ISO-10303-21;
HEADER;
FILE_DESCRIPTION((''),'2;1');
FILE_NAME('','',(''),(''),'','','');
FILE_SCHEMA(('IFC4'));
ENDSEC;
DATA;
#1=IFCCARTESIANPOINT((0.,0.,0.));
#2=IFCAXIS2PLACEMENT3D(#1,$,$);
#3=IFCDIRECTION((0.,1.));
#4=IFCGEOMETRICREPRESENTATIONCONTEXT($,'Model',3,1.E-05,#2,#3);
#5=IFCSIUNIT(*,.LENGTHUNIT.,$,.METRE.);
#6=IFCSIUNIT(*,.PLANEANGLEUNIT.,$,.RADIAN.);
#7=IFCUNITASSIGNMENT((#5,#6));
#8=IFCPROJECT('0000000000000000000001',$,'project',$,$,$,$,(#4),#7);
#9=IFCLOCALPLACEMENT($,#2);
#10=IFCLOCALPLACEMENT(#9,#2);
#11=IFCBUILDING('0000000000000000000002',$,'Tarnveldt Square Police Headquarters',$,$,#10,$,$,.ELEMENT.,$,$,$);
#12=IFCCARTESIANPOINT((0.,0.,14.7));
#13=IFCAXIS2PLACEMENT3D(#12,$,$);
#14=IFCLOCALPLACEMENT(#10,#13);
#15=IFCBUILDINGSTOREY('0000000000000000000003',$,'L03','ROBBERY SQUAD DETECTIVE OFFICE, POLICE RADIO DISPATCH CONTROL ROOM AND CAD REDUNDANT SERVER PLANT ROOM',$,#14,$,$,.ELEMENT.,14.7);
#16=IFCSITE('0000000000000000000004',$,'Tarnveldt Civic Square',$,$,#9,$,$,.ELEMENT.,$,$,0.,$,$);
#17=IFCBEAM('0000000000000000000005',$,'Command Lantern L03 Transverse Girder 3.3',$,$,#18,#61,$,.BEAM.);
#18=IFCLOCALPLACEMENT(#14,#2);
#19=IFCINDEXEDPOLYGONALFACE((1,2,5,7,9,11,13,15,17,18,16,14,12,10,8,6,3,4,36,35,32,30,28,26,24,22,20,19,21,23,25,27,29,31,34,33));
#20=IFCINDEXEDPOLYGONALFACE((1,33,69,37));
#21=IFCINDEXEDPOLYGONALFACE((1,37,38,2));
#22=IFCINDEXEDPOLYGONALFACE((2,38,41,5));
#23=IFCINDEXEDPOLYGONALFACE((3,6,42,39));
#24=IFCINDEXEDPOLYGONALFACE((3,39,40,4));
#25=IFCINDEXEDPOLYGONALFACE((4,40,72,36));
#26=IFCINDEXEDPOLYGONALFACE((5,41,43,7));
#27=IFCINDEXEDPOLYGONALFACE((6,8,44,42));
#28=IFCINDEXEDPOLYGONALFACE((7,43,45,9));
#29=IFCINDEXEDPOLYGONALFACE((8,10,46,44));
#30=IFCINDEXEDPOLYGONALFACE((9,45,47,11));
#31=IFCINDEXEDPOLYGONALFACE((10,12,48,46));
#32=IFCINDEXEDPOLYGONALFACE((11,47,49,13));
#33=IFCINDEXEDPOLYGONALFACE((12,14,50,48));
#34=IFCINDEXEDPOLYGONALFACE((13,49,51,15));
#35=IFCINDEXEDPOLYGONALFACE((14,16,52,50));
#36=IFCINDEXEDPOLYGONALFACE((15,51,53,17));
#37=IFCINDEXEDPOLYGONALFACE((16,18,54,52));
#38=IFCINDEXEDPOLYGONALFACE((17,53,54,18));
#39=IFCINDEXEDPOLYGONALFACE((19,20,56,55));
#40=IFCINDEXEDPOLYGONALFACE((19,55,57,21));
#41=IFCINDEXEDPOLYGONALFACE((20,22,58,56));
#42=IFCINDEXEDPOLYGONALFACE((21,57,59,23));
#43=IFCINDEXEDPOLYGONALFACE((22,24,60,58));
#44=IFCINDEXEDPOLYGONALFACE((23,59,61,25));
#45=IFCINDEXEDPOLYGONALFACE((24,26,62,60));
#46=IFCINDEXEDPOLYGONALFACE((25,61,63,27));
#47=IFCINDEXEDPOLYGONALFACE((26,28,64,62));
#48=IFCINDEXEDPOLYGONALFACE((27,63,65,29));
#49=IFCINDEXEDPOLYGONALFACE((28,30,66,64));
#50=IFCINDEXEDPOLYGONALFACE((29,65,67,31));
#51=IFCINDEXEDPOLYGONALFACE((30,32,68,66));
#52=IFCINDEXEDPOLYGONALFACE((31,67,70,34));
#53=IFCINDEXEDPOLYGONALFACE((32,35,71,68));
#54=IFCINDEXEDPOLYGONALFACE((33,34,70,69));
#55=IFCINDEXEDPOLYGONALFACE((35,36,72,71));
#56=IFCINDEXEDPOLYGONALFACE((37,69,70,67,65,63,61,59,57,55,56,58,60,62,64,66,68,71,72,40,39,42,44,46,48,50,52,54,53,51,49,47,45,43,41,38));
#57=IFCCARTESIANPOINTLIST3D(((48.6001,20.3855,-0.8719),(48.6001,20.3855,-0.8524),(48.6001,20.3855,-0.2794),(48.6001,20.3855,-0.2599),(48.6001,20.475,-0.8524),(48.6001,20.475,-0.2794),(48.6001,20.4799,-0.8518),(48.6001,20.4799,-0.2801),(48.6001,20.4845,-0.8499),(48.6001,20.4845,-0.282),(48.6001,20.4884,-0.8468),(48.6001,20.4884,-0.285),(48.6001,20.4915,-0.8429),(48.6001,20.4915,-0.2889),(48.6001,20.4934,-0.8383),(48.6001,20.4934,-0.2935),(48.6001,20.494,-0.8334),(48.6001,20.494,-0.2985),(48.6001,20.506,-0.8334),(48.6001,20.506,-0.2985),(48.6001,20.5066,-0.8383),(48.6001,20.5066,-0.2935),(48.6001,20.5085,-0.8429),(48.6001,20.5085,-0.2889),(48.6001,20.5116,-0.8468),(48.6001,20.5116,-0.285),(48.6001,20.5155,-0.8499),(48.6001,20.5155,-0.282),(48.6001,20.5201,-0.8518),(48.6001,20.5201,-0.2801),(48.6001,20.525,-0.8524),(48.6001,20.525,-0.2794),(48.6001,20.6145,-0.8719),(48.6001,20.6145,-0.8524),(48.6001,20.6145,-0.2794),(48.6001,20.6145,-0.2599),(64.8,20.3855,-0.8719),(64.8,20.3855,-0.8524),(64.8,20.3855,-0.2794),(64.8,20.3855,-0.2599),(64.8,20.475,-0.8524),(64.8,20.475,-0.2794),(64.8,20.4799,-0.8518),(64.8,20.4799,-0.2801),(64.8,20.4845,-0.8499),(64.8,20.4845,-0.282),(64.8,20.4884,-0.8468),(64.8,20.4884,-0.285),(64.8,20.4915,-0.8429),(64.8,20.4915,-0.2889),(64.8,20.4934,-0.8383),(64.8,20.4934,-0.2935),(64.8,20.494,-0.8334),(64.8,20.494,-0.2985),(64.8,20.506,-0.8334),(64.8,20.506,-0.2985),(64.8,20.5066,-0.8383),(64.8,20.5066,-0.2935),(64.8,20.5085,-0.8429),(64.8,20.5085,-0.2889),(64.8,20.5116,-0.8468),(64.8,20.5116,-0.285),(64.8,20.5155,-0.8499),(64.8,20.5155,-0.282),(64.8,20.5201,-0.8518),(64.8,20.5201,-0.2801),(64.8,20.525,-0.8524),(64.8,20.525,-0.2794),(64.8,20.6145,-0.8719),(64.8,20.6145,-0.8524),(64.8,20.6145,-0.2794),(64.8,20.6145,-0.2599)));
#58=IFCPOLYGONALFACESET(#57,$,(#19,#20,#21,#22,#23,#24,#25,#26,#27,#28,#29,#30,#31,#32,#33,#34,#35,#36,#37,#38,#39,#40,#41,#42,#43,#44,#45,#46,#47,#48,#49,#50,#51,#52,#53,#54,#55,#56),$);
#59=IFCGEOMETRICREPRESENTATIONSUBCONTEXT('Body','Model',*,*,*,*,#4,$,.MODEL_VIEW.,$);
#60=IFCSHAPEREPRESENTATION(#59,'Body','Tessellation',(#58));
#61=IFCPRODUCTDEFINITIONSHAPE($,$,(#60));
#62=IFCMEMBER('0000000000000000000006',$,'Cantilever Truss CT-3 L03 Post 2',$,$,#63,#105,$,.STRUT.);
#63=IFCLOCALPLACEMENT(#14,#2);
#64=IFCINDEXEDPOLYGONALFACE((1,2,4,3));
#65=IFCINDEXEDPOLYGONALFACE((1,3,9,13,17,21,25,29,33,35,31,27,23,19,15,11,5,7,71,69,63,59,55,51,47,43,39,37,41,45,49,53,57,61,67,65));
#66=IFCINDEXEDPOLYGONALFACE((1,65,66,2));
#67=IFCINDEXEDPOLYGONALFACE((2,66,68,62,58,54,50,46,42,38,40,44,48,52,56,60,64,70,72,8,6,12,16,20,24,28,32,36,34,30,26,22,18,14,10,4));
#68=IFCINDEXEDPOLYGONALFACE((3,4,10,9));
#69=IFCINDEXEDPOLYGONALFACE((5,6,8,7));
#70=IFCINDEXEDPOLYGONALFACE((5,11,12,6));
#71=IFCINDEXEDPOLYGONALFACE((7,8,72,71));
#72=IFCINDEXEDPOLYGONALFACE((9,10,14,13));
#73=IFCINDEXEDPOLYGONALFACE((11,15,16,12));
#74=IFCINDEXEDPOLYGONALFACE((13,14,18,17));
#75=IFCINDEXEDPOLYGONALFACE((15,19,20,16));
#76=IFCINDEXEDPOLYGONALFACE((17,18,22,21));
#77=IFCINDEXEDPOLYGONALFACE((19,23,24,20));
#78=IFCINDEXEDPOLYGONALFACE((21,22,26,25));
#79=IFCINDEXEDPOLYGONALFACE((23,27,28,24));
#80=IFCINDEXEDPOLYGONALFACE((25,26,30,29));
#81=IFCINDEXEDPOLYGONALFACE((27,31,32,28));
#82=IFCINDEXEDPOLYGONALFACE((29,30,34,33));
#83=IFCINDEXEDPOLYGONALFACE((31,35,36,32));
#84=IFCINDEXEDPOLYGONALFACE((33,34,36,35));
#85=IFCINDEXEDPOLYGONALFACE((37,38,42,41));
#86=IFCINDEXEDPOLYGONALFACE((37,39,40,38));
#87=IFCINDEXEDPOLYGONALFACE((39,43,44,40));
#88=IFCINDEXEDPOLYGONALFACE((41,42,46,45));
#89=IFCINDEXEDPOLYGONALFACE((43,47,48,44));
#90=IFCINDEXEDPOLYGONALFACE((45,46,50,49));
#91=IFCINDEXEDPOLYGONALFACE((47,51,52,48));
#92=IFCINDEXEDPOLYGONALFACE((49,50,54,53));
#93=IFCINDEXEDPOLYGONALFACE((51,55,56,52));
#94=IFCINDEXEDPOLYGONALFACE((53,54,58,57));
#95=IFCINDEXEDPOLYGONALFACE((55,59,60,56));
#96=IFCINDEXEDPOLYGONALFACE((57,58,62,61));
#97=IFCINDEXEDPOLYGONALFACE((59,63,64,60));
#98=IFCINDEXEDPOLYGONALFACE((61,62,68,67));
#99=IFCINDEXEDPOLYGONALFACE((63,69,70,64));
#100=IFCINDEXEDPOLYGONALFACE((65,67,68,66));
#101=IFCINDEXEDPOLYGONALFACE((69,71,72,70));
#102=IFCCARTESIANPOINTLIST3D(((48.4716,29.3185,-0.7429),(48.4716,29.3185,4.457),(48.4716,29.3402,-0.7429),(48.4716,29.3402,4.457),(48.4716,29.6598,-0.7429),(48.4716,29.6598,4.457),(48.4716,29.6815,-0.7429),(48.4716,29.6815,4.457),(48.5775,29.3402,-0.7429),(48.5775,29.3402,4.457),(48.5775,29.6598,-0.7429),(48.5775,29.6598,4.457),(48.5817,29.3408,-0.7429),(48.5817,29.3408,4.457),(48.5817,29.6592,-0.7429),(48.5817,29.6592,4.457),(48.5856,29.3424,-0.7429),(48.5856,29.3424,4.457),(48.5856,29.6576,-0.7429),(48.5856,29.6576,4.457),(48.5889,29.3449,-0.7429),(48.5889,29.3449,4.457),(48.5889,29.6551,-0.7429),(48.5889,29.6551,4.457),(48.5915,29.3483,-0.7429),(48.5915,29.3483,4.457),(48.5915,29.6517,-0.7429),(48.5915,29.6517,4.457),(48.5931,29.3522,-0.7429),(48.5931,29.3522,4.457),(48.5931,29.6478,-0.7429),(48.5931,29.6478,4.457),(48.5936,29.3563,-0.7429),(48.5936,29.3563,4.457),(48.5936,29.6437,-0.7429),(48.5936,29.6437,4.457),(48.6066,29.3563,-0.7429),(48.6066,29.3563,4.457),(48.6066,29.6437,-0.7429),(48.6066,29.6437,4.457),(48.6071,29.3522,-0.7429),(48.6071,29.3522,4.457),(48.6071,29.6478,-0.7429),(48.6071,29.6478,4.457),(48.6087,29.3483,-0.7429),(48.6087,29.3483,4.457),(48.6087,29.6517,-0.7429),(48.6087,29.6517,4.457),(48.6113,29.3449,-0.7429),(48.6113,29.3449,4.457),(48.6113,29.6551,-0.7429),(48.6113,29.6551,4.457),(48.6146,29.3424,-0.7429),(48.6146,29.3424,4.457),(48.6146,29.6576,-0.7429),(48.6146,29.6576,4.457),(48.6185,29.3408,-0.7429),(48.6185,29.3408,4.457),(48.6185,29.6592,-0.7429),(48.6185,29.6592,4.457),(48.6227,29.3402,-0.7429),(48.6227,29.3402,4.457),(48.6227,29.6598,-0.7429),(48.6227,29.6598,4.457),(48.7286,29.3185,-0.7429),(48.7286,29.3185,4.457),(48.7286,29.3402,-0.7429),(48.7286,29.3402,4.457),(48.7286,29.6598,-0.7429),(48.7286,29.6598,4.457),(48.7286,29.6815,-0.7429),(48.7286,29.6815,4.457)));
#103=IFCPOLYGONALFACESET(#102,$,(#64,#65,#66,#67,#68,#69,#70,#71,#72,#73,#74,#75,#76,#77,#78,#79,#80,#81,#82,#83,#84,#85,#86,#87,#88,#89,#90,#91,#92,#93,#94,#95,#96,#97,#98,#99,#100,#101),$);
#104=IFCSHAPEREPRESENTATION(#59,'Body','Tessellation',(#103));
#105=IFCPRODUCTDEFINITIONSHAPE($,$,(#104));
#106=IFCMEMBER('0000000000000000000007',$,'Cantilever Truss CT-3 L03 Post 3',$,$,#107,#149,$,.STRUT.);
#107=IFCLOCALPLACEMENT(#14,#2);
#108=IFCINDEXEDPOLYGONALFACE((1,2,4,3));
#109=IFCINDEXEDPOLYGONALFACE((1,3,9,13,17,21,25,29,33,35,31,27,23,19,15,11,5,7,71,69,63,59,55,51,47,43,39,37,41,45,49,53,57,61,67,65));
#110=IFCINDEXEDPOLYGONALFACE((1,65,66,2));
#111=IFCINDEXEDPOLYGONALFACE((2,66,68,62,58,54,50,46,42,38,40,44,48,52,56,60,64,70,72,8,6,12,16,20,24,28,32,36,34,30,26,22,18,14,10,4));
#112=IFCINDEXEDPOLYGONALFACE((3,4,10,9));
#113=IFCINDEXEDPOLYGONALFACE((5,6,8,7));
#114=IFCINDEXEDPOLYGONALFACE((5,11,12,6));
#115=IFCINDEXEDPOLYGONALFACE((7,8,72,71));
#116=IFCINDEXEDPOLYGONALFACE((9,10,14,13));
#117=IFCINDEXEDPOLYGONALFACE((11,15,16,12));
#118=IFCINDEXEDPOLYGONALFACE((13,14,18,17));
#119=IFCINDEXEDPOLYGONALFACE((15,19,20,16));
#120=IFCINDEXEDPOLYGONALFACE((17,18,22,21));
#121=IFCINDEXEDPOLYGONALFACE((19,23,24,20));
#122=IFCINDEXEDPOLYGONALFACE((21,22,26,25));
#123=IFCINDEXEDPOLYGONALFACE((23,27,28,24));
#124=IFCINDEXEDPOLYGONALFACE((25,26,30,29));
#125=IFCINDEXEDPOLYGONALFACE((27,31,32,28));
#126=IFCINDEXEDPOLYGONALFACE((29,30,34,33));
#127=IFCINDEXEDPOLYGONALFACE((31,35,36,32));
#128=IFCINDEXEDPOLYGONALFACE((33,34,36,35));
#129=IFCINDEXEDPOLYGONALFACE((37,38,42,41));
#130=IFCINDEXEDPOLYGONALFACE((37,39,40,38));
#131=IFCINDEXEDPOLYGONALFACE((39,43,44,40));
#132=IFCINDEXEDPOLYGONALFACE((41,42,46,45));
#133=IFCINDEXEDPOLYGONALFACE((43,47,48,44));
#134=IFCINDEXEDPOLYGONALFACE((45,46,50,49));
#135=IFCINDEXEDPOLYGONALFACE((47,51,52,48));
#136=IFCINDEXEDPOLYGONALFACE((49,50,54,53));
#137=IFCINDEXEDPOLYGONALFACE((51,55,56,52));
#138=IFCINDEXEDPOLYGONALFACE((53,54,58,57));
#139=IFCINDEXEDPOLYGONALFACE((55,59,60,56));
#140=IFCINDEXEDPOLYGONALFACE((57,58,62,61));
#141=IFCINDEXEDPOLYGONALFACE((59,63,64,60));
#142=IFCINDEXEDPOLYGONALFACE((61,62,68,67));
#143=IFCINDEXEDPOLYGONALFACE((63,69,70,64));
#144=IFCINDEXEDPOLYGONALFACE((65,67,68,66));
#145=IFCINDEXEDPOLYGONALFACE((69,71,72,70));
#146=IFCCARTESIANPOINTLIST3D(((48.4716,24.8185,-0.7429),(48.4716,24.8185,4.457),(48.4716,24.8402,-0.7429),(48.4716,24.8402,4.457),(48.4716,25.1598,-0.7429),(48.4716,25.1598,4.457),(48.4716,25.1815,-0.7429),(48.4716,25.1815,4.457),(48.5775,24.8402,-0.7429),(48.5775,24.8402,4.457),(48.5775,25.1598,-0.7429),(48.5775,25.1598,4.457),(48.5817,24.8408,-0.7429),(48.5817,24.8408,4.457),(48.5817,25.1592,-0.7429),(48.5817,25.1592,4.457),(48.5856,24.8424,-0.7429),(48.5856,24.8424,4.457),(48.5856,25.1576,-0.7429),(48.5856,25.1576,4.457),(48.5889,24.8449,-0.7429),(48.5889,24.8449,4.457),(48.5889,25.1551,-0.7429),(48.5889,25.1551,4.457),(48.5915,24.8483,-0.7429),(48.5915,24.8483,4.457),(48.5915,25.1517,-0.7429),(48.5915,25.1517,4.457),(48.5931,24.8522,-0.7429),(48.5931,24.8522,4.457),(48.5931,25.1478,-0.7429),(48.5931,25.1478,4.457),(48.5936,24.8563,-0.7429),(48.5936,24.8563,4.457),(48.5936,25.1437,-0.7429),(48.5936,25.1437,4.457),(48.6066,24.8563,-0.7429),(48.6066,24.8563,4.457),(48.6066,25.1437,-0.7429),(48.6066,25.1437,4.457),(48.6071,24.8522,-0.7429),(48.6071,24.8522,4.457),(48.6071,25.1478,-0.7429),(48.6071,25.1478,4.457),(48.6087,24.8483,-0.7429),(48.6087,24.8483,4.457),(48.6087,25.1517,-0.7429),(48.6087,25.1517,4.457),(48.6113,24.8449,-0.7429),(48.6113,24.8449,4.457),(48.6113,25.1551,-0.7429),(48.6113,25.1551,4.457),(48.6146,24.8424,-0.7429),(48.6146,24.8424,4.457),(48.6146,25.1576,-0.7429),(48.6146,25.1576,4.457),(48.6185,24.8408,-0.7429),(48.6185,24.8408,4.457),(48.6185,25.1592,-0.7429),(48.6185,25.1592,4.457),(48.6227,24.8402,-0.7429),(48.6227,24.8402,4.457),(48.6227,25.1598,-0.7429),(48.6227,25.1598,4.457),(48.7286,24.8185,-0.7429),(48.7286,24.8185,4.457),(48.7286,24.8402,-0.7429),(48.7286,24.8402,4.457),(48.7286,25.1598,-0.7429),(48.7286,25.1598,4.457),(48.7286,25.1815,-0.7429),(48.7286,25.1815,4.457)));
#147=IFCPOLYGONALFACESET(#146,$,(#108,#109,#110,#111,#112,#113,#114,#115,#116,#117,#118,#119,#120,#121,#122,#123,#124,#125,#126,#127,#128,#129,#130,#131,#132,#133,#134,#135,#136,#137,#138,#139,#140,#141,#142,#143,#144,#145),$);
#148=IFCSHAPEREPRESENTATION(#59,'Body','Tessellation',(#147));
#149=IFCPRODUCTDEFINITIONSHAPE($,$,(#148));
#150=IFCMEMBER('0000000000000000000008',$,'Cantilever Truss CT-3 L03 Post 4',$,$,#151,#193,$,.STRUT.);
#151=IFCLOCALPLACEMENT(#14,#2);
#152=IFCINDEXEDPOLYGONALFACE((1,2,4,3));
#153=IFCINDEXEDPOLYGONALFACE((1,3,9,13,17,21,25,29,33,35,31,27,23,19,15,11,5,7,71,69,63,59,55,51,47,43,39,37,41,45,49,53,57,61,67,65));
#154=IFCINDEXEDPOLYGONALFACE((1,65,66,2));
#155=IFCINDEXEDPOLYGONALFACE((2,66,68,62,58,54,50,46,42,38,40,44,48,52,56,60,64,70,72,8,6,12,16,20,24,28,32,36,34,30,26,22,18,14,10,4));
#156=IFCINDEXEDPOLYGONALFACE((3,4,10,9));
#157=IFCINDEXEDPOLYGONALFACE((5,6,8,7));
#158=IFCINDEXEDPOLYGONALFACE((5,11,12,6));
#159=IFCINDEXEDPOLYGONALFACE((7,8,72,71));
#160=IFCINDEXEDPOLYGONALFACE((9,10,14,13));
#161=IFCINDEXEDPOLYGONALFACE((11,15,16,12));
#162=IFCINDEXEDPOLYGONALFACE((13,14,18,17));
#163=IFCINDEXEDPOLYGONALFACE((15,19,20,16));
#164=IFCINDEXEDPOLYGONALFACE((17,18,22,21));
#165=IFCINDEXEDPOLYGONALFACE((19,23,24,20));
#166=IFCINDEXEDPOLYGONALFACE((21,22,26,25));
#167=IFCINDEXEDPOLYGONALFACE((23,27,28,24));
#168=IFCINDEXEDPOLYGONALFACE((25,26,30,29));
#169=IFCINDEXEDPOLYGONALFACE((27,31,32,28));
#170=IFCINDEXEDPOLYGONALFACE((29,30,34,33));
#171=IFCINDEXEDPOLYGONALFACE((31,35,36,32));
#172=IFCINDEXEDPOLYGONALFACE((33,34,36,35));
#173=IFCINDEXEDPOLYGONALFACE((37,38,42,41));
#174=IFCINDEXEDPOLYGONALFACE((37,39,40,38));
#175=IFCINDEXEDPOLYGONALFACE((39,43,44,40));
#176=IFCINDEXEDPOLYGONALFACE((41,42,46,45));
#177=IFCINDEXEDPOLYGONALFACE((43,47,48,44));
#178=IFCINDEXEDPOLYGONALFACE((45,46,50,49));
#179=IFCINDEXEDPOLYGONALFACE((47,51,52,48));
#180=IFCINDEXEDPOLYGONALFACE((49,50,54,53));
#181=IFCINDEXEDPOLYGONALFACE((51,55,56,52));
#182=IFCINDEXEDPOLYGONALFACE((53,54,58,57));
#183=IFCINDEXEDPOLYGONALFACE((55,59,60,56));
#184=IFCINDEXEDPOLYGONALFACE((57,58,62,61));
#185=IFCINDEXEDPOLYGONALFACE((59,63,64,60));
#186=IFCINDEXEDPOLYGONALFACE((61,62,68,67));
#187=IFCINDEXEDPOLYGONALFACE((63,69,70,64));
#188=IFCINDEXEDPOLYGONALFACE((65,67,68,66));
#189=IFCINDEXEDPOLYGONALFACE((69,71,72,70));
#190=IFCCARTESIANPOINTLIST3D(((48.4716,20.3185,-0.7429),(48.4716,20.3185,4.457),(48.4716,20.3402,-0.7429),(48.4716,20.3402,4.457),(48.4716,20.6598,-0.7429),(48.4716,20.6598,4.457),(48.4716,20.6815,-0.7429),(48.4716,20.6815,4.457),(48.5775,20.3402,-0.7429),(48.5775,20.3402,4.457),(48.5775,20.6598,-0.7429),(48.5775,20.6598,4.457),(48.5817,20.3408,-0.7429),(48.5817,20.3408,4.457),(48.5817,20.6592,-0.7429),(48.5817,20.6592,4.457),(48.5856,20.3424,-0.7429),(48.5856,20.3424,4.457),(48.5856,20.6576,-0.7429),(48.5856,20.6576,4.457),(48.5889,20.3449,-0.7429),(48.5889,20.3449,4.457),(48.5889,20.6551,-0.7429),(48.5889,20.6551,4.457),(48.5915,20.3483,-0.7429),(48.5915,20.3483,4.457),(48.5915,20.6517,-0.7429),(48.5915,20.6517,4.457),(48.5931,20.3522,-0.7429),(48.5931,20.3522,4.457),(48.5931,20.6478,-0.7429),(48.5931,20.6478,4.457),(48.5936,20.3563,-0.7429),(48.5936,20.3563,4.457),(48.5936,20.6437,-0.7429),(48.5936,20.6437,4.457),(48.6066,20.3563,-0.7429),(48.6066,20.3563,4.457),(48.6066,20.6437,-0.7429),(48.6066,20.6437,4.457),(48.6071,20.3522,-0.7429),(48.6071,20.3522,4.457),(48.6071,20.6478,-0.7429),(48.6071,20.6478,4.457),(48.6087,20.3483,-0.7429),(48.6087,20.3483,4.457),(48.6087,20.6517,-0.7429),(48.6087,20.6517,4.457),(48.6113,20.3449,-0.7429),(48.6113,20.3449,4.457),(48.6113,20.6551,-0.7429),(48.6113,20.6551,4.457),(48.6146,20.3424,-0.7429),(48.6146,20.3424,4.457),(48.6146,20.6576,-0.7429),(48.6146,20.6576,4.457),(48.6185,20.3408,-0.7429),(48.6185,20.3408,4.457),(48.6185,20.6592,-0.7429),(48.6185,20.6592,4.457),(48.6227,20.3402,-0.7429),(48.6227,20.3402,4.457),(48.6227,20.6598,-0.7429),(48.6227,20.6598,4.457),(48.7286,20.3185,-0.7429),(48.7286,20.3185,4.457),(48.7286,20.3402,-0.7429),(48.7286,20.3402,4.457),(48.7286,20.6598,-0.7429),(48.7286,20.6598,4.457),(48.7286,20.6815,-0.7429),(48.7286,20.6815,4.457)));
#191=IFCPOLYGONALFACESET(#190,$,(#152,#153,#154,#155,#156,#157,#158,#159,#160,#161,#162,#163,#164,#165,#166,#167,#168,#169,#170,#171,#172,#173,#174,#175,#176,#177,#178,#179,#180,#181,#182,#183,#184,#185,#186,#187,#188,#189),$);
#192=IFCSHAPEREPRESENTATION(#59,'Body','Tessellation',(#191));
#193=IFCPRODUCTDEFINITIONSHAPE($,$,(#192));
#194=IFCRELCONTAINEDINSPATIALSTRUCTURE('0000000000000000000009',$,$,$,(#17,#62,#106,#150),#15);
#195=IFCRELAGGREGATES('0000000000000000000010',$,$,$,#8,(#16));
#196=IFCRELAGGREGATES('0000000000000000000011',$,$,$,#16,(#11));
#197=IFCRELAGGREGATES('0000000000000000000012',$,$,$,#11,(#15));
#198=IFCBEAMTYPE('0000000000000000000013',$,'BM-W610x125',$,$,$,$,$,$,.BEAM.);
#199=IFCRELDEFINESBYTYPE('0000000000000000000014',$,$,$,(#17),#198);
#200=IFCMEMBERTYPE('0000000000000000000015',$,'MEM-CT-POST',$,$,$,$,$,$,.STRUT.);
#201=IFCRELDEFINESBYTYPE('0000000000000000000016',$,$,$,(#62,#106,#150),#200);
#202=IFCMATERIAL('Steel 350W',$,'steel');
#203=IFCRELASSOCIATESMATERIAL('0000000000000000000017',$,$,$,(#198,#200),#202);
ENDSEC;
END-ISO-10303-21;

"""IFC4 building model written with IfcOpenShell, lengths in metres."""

from ifc_helpers import new_model, si_unit, direction, frame, origin, origin_2d, place, context, subcontext, project, spatial, i_section, extrude, material, material_profile, profile_set, type_object, element, save


model = new_model("IFC4")

# Units and contexts
model_context = context("Model", 3, precision=1e-05, world=origin(), true_north=direction((0.0, 1.0)))
body_context = subcontext(model_context, "Body", "Model", "MODEL_VIEW")
ifc_project = project(units=[si_unit("LENGTHUNIT", "METRE"), si_unit("PLANEANGLEUNIT", "RADIAN")], contexts=[model_context])

# Site, building, storey
site_placement = place(None, origin())
site = spatial("IfcSite", under=ifc_project, at=site_placement, Name="Tarnveldt Civic Square", CompositionType="ELEMENT", RefElevation=0.0)
building_placement = place(site_placement, origin())
building = spatial("IfcBuilding", under=site, at=building_placement, Name="Tarnveldt Square Police Headquarters", CompositionType="ELEMENT")
storey_placement = place(building_placement, frame((0.0, 0.0, 14.7)))
storey = spatial("IfcBuildingStorey", under=building, at=storey_placement, Name="L03", Description="ROBBERY SQUAD DETECTIVE OFFICE, POLICE RADIO DISPATCH CONTROL ROOM AND CAD REDUNDANT SERVER PLANT ROOM", CompositionType="ELEMENT", Elevation=14.7)

# Beam
ifc_material_1 = material(Name="Steel 350W", Category="steel")
ifc_material_profile_1 = material_profile(ifc_material_1, i_section(OverallWidth=0.229, OverallDepth=0.6121, WebThickness=0.012, FlangeThickness=0.0195, FilletRadius=0.019, at=origin_2d()), Name="W610x125")
ifc_profile_set_1 = profile_set([ifc_material_profile_1], Name="Steel 350W")
beam_type_1 = type_object("IfcBeamType", Name="BM-W610x125", PredefinedType="BEAM", material=ifc_profile_set_1)
for number, where, z_axis, x_axis, name in (
    (1, (48.6001, 20.5, -0.5659), (1.0, 0.0, 0.0), (0.0, 1.0, 0.0), "Command Lantern L03 Transverse Girder 3.3"),
):
    element("IfcBeam", number, at=place(storey_placement, frame(where, z_axis=z_axis, x_axis=x_axis)), inside=storey, type_object=beam_type_1, Name=name, PredefinedType="BEAM", context=body_context, shape_type="SweptSolid", body=[
        extrude(i_section(OverallWidth=0.229, OverallDepth=0.6121, WebThickness=0.012, FlangeThickness=0.0195, FilletRadius=0.019, at=origin_2d()), origin(), (0.0, 0.0, 1.0), 16.2),
    ])

# Members
ifc_material_profile_2 = material_profile(ifc_material_1, i_section(OverallWidth=0.2571, OverallDepth=0.363, WebThickness=0.0129, FlangeThickness=0.0217, FilletRadius=0.0161, at=origin_2d()), Name="W360x122")
ifc_profile_set_2 = profile_set([ifc_material_profile_2], Name="Steel 350W")
member_type_1 = type_object("IfcMemberType", Name="MEM-CT-POST", PredefinedType="STRUT", material=ifc_profile_set_2)
for number, where, z_axis, x_axis, name in (
    (2, (48.6001, 29.5, -0.7429), (0.0, 0.0, 1.0), (1.0, 0.0, 0.0), "Cantilever Truss CT-3 L03 Post 2"),
    (3, (48.6001, 25.0, -0.7429), (0.0, 0.0, 1.0), (1.0, 0.0, 0.0), "Cantilever Truss CT-3 L03 Post 3"),
    (4, (48.6001, 20.5, -0.7429), (0.0, 0.0, 1.0), (1.0, 0.0, 0.0), "Cantilever Truss CT-3 L03 Post 4"),
):
    element("IfcMember", number, at=place(storey_placement, frame(where, z_axis=z_axis, x_axis=x_axis)), inside=storey, type_object=member_type_1, Name=name, PredefinedType="STRUT", context=body_context, shape_type="SweptSolid", body=[
        extrude(i_section(OverallWidth=0.2571, OverallDepth=0.363, WebThickness=0.0129, FlangeThickness=0.0217, FilletRadius=0.0161, at=origin_2d()), origin(), (0.0, 0.0, 1.0), 5.2),
    ])

save(model, "model.ifc")
